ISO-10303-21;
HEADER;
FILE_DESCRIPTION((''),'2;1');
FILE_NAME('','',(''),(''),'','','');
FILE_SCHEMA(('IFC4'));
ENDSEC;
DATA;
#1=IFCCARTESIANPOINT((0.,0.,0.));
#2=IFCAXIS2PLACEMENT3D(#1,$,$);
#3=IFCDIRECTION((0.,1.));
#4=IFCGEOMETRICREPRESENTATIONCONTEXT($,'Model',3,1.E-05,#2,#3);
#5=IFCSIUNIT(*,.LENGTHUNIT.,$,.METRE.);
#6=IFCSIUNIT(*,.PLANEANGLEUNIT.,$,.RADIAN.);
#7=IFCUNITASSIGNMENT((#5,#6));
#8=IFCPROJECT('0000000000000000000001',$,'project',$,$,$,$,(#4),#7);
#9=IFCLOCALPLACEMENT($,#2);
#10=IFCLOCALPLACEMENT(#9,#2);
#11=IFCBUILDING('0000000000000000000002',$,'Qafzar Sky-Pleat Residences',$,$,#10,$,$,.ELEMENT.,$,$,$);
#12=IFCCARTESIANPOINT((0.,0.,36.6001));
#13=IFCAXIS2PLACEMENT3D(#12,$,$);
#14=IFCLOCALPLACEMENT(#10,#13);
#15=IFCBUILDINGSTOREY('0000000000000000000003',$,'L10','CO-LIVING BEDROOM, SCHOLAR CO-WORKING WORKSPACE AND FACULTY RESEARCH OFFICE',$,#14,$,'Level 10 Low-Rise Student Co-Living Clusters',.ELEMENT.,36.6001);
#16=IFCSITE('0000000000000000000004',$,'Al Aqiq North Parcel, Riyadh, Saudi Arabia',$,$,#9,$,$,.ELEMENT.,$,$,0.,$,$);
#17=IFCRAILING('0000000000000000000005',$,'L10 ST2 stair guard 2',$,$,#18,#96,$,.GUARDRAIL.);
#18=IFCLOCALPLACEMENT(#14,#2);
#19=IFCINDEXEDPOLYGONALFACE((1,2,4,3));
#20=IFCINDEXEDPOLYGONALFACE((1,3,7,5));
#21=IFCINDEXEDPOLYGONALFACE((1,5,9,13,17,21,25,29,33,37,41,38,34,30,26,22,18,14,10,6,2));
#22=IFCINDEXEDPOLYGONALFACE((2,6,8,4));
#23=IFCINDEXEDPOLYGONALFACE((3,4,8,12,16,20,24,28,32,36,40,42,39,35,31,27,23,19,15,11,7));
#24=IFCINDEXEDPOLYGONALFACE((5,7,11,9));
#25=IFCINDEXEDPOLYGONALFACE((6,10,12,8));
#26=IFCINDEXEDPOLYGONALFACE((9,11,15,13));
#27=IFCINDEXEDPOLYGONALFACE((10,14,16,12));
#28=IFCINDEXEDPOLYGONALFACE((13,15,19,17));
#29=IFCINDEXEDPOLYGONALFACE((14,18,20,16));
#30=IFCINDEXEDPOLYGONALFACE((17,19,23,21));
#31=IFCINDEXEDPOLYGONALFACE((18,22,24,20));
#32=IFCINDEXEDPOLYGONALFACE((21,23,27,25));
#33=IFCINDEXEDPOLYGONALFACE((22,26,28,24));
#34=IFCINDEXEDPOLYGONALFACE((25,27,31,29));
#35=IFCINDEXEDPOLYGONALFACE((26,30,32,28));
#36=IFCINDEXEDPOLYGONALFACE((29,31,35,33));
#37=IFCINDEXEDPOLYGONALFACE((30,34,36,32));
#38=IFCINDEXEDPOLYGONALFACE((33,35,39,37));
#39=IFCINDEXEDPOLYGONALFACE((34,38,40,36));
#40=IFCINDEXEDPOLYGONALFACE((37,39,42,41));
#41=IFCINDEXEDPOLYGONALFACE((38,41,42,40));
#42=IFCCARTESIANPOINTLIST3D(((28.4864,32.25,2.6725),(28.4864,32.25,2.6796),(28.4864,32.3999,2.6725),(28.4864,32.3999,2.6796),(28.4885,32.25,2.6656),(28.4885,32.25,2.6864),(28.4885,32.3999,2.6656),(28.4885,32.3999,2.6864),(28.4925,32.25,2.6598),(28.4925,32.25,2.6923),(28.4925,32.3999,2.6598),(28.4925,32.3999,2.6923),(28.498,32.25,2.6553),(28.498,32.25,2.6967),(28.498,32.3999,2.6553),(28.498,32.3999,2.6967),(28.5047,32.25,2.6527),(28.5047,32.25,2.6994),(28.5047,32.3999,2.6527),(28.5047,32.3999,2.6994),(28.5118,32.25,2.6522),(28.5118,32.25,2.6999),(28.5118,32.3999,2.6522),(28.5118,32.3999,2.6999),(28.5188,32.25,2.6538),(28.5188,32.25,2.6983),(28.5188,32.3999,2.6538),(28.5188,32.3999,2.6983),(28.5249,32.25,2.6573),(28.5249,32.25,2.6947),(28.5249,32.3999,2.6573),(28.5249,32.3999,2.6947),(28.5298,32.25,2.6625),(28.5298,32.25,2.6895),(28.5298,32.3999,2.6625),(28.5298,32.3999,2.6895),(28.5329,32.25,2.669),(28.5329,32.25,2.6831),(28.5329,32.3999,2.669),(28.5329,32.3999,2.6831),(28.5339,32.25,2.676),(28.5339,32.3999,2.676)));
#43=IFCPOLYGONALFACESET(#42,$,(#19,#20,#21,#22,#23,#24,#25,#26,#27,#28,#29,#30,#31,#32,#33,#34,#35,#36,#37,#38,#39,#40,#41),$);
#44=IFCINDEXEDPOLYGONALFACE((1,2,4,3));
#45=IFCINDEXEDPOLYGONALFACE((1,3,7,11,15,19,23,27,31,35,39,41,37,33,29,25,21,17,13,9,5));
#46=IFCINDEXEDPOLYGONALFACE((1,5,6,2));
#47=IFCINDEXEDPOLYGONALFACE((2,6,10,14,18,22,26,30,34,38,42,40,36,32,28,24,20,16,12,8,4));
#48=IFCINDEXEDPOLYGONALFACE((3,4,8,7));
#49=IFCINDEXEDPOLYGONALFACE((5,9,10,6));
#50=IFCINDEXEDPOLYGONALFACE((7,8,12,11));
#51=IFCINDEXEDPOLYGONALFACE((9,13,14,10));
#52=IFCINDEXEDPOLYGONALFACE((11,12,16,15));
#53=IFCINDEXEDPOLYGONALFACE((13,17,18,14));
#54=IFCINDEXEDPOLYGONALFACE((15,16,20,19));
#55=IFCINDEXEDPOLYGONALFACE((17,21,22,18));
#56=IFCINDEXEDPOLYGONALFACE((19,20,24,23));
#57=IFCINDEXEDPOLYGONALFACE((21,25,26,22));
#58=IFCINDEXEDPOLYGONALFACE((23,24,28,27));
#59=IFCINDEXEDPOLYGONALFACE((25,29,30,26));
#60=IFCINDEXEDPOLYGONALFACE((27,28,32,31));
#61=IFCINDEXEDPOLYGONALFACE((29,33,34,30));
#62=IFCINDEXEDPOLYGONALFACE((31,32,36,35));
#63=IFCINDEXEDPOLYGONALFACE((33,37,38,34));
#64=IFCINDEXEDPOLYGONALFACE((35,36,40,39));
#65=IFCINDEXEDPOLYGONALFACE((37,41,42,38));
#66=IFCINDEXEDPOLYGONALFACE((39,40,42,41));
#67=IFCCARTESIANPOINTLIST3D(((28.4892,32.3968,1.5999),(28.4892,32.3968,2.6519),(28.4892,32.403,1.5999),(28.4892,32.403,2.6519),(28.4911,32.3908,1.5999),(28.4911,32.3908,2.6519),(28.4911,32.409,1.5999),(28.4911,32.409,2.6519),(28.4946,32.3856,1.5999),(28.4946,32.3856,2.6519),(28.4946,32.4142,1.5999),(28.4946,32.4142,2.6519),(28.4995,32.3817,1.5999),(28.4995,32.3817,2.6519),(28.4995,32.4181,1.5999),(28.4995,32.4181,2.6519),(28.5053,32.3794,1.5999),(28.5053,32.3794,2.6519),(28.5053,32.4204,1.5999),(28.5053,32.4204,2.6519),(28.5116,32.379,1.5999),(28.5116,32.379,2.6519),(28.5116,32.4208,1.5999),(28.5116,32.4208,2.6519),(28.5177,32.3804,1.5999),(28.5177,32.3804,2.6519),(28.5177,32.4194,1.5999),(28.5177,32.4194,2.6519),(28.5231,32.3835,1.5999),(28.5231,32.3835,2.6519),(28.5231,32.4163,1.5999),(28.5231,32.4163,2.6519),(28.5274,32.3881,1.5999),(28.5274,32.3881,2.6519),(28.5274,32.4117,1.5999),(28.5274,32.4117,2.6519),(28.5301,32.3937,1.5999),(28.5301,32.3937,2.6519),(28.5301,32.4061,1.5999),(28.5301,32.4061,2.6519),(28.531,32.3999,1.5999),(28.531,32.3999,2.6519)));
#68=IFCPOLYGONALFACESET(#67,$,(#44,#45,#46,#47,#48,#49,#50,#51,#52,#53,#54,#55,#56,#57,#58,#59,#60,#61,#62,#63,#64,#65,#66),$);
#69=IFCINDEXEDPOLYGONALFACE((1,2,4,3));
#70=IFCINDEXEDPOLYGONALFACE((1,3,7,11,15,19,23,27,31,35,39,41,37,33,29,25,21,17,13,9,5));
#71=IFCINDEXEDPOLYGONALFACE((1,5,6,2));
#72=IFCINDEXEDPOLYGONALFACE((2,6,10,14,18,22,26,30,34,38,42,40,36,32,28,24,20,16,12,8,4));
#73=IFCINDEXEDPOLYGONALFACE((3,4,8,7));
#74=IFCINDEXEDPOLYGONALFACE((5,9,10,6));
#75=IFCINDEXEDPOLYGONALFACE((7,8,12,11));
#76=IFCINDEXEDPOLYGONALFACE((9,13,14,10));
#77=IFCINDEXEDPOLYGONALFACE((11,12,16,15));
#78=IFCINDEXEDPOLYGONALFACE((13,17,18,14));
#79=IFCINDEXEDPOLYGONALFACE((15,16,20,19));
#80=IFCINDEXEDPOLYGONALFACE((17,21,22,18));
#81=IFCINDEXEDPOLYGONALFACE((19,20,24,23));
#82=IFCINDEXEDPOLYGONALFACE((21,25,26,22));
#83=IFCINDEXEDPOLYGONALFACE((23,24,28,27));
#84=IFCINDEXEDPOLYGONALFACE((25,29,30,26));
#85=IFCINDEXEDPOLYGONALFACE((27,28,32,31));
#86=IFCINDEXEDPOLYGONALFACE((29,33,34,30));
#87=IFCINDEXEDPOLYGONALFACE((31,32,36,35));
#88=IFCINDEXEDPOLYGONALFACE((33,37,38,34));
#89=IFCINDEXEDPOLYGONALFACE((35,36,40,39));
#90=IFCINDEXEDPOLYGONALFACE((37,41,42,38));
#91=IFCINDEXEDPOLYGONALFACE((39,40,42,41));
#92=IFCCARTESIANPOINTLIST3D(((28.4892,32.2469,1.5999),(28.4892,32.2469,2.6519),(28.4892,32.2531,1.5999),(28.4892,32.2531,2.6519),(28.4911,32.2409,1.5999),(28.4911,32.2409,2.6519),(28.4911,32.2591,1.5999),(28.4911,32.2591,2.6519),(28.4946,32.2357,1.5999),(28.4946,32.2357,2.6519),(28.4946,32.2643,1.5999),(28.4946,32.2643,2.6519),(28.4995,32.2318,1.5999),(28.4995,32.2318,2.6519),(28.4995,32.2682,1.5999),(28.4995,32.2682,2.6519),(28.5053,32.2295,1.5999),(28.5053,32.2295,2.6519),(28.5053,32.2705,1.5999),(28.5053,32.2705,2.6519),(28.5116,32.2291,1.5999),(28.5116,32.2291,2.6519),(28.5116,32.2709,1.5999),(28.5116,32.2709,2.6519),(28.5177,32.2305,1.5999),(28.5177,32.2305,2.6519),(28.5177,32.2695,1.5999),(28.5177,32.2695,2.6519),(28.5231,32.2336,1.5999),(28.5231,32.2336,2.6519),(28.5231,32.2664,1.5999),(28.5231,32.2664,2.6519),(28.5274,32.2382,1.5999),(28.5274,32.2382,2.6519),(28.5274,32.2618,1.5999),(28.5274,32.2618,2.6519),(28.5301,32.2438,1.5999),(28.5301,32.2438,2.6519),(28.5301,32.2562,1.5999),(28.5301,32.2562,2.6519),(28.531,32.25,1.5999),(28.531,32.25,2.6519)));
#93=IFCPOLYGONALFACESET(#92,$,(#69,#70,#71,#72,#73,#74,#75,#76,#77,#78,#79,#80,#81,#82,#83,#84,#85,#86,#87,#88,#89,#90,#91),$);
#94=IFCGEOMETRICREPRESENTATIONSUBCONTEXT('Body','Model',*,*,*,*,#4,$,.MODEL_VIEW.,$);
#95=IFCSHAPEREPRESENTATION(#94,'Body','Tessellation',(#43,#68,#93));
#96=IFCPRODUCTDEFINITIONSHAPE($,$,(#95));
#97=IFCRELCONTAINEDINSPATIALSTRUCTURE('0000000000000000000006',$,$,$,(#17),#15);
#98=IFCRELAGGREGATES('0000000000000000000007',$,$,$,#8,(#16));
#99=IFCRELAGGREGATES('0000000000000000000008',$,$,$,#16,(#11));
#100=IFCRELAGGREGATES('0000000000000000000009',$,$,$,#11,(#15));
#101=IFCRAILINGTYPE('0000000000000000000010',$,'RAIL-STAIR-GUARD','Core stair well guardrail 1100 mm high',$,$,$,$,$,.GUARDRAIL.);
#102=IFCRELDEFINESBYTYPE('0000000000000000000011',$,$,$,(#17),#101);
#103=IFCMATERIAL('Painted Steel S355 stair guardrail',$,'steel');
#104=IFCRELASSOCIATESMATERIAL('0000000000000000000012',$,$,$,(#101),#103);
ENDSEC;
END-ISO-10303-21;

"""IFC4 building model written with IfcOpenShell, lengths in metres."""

from ifc_helpers import new_model, si_unit, direction, frame, origin, origin_2d, place, context, subcontext, project, spatial, circle, extrude, source, transform, mapped, material, type_object, element, save


model = new_model("IFC4")

# Units and contexts
model_context = context("Model", 3, precision=1e-05, world=origin(), true_north=direction((0.0, 1.0)))
body_context = subcontext(model_context, "Body", "Model", "MODEL_VIEW")
ifc_project = project(units=[si_unit("LENGTHUNIT", "METRE"), si_unit("PLANEANGLEUNIT", "RADIAN")], contexts=[model_context])

# Site, building, storey
site_placement = place(None, origin())
site = spatial("IfcSite", under=ifc_project, at=site_placement, Name="Al Aqiq North Parcel, Riyadh, Saudi Arabia", CompositionType="ELEMENT", RefElevation=0.0)
building_placement = place(site_placement, origin())
building = spatial("IfcBuilding", under=site, at=building_placement, Name="Qafzar Sky-Pleat Residences", CompositionType="ELEMENT")
storey_placement = place(building_placement, frame((0.0, 0.0, 36.6001)))
storey = spatial("IfcBuildingStorey", under=building, at=storey_placement, Name="L10", Description="CO-LIVING BEDROOM, SCHOLAR CO-WORKING WORKSPACE AND FACULTY RESEARCH OFFICE", LongName="Level 10 Low-Rise Student Co-Living Clusters", CompositionType="ELEMENT", Elevation=36.6001)

# Railing
ifc_material_1 = material(Name="Painted Steel S355 stair guardrail", Category="steel")
railing_type_1 = type_object("IfcRailingType", Name="RAIL-STAIR-GUARD", Description="Core stair well guardrail 1100 mm high", PredefinedType="GUARDRAIL", material=ifc_material_1)
shared_shape_1 = source(origin(), body_context, "Body", "SweptSolid", [
    extrude(circle(Radius=0.0239, at=origin_2d()), frame((0.0, 0.0, 1.0762), z_axis=(0.0, -1.0, 0.0), x_axis=(1.0, 0.0, 0.0)), (0.0, 0.0, 1.0), 0.1499),
    extrude(circle(Radius=0.021, at=origin_2d()), origin(), (0.0, 0.0, 1.0), 1.052),
    extrude(circle(Radius=0.021, at=origin_2d()), frame((0.0, -0.1499, 0.0)), (0.0, 0.0, 1.0), 1.052),
])
railing_1_placement = place(storey_placement, frame((28.51, 32.3999, 1.5999)))
element("IfcRailing", 1, at=railing_1_placement, inside=storey, type_object=railing_type_1, Name="L10 ST2 stair guard 2", PredefinedType="GUARDRAIL", context=body_context, shape_type="MappedRepresentation", body=[
    mapped(shared_shape_1, transform((0.0, 0.0, 0.0), x_axis=(1.0, 0.0, 0.0), y_axis=(0.0, 1.0, 0.0), z_axis=(0.0, 0.0, 1.0), scale=1.0)),
])

save(model, "model.ifc")
